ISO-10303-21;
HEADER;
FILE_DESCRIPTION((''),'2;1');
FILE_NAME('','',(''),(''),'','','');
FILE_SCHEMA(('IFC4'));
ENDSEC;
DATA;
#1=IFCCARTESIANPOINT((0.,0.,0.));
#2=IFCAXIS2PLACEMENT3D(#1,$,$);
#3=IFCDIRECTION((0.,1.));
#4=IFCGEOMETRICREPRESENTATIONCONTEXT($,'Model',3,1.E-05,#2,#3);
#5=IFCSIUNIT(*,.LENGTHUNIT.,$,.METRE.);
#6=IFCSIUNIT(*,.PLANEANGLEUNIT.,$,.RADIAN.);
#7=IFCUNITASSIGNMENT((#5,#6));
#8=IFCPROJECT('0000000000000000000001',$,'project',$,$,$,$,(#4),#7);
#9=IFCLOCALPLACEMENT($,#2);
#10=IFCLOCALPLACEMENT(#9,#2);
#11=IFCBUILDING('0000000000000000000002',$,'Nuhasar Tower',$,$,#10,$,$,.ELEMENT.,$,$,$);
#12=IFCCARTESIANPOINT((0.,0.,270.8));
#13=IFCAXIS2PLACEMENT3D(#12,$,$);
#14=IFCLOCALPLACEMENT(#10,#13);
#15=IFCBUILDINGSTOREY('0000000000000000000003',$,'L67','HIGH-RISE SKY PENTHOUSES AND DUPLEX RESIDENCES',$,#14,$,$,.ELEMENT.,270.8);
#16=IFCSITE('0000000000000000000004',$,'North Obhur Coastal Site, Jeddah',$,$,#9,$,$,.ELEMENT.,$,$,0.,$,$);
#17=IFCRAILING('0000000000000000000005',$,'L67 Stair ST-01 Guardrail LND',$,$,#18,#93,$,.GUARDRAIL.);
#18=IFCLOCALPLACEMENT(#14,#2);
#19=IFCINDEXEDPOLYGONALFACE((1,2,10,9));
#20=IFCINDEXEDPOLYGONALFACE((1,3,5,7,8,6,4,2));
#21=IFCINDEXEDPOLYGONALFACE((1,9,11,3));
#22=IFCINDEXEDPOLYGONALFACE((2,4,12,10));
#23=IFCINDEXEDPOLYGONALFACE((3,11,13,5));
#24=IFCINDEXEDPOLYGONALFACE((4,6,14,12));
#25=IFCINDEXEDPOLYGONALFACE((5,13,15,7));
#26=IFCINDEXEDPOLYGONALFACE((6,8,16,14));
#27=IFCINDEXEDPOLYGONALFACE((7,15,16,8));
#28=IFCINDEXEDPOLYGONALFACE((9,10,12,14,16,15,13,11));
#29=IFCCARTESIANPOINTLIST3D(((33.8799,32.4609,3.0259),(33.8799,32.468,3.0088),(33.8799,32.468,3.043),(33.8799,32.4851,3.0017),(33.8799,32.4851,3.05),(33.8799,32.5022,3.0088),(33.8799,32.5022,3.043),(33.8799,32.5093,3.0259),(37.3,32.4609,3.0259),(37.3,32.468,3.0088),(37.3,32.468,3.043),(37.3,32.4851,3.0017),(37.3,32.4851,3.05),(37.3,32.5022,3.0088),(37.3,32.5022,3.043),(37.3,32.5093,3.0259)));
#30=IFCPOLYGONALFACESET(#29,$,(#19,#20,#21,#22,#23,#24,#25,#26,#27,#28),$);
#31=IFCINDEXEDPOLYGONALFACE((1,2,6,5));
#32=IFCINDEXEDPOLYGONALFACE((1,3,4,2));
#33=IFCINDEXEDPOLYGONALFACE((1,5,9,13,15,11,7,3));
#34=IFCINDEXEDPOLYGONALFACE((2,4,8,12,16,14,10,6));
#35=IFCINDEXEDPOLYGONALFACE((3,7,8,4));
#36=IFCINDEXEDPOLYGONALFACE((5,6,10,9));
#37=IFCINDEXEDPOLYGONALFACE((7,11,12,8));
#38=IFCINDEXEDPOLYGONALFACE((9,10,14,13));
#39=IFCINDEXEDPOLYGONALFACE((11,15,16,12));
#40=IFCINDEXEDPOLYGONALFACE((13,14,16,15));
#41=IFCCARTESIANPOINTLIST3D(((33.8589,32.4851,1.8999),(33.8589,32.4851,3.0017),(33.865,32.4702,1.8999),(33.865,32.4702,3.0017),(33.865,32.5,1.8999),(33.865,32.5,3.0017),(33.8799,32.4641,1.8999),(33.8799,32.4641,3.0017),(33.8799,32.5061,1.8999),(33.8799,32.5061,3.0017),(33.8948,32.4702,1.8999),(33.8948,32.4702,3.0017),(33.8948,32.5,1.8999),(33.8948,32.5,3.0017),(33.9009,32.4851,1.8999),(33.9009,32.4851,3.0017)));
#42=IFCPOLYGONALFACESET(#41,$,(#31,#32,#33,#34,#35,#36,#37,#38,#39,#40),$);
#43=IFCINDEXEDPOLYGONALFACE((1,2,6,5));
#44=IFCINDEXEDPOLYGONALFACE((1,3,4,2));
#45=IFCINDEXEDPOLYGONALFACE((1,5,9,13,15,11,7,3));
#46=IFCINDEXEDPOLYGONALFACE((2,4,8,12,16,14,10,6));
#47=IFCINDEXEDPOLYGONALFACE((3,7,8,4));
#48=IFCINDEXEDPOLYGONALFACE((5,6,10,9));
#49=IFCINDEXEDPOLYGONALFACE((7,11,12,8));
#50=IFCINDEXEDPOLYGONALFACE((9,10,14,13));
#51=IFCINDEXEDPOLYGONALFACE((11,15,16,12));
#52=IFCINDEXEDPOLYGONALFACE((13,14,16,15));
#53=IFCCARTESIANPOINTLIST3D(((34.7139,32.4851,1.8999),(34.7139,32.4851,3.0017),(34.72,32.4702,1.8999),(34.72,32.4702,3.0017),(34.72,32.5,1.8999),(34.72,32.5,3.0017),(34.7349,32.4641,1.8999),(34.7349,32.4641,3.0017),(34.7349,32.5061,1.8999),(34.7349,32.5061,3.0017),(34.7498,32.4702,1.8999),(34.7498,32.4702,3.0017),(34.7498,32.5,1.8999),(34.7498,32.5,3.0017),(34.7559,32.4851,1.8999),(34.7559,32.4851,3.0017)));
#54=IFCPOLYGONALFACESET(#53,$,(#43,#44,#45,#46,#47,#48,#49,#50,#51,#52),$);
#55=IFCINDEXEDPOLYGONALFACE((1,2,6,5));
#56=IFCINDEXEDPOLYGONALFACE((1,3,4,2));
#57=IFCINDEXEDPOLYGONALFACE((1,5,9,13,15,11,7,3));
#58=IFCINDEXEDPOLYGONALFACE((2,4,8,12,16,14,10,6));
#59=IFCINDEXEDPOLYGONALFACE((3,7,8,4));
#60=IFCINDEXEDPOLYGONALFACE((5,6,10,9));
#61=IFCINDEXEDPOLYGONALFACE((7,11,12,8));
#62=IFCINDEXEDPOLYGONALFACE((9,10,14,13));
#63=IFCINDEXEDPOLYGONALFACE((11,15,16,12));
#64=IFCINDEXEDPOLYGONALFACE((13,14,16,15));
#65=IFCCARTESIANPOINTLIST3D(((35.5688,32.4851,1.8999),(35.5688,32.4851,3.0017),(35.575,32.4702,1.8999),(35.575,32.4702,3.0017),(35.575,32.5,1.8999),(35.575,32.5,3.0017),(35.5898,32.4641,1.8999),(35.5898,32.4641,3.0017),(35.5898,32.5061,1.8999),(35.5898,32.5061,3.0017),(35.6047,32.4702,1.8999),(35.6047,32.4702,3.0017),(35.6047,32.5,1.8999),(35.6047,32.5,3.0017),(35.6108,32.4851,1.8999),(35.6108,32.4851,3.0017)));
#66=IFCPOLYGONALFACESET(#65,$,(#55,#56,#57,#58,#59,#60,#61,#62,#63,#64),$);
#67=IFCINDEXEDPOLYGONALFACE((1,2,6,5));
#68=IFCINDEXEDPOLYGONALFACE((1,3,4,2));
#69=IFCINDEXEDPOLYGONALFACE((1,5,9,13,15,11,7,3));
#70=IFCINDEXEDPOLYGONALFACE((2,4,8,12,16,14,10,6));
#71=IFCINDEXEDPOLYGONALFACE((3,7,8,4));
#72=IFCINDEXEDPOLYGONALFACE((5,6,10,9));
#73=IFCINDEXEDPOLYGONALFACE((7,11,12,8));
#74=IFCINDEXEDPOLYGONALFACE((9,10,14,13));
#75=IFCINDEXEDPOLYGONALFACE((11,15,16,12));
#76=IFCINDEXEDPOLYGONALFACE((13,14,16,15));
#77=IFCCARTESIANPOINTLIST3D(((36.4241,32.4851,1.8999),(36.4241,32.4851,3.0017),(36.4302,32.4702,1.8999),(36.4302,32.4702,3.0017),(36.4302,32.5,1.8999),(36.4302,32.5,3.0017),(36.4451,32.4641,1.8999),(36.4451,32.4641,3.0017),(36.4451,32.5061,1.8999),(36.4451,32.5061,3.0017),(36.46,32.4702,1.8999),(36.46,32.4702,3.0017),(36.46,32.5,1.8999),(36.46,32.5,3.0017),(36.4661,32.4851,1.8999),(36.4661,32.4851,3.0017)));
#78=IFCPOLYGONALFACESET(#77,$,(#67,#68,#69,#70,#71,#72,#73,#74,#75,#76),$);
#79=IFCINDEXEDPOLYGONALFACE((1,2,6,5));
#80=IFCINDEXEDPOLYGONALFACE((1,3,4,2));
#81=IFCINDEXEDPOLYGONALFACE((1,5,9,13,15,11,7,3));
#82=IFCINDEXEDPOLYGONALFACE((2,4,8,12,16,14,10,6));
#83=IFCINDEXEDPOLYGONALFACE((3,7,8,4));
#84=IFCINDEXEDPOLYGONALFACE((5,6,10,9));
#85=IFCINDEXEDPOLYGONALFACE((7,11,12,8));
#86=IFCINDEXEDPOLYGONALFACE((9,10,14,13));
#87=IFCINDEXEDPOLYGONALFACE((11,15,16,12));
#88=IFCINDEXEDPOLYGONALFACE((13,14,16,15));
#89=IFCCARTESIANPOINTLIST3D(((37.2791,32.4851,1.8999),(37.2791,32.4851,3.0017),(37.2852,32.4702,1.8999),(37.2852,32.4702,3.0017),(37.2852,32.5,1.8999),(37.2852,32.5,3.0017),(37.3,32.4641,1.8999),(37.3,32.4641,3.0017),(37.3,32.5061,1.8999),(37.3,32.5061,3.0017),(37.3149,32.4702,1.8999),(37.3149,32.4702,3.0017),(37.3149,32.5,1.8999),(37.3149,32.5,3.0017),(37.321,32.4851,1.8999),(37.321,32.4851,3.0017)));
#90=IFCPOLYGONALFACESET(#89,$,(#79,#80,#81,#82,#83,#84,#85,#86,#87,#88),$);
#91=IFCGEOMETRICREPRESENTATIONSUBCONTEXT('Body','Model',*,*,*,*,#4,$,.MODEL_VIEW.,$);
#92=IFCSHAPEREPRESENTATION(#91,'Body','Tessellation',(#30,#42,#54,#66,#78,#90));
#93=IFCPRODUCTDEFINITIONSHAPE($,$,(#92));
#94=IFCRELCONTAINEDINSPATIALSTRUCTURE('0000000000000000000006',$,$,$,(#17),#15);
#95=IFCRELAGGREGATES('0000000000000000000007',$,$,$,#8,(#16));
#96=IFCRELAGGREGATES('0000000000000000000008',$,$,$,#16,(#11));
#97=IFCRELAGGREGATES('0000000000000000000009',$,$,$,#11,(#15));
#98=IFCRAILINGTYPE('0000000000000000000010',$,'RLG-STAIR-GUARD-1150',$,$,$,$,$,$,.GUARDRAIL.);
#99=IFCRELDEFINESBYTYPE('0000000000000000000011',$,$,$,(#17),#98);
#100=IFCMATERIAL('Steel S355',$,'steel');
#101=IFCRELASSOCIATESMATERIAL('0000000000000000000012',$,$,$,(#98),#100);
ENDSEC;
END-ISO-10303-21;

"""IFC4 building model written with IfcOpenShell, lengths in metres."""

from ifc_helpers import new_model, si_unit, direction, frame, origin, place, context, subcontext, project, spatial, polyline, outline, extrude, material, type_object, element, save


model = new_model("IFC4")

# Units and contexts
model_context = context("Model", 3, precision=1e-05, world=origin(), true_north=direction((0.0, 1.0)))
body_context = subcontext(model_context, "Body", "Model", "MODEL_VIEW")
ifc_project = project(units=[si_unit("LENGTHUNIT", "METRE"), si_unit("PLANEANGLEUNIT", "RADIAN")], contexts=[model_context])

# Site, building, storey
site_placement = place(None, origin())
site = spatial("IfcSite", under=ifc_project, at=site_placement, Name="North Obhur Coastal Site, Jeddah", CompositionType="ELEMENT", RefElevation=0.0)
building_placement = place(site_placement, origin())
building = spatial("IfcBuilding", under=site, at=building_placement, Name="Nuhasar Tower", CompositionType="ELEMENT")
storey_placement = place(building_placement, frame((0.0, 0.0, 270.8)))
storey = spatial("IfcBuildingStorey", under=building, at=storey_placement, Name="L67", Description="HIGH-RISE SKY PENTHOUSES AND DUPLEX RESIDENCES", CompositionType="ELEMENT", Elevation=270.8)

# Shared definitions
ifc_material_1 = material(Name="Steel S355", Category="steel")

# Railing
railing_type_1 = type_object("IfcRailingType", Name="RLG-STAIR-GUARD-1150", PredefinedType="GUARDRAIL", material=ifc_material_1)
railing_1_placement = place(storey_placement, frame((33.8799, 32.4851, 1.8999)))
element("IfcRailing", 1, at=railing_1_placement, inside=storey, type_object=railing_type_1, Name="L67 Stair ST-01 Guardrail LND", PredefinedType="GUARDRAIL", context=body_context, shape_type="SweptSolid", body=[
    extrude(outline(polyline([(0.0242, 0.0), (0.0171, 0.0171), (0.0, 0.0242), (-0.0171, 0.0171), (-0.0242, 0.0), (-0.0171, -0.0171), (0.0, -0.0242), (0.0171, -0.0171), (0.0242, 0.0)])), frame((0.0, 0.0, 1.126), z_axis=(1.0, 0.0, 0.0), x_axis=(0.0, 1.0, 0.0)), (0.0, 0.0, 1.0), 3.4202),
    extrude(outline(polyline([(0.021, 0.0), (0.0149, 0.0149), (0.0, 0.021), (-0.0149, 0.0149), (-0.021, 0.0), (-0.0149, -0.0149), (0.0, -0.021), (0.0149, -0.0149), (0.021, 0.0)])), origin(), (0.0, 0.0, 1.0), 1.1018),
    extrude(outline(polyline([(0.021, 0.0), (0.0149, 0.0149), (0.0, 0.021), (-0.0149, 0.0149), (-0.021, 0.0), (-0.0149, -0.0149), (0.0, -0.021), (0.0149, -0.0149), (0.021, 0.0)])), frame((0.855, 0.0, 0.0)), (0.0, 0.0, 1.0), 1.1018),
    extrude(outline(polyline([(0.021, 0.0), (0.0149, 0.0149), (0.0, 0.021), (-0.0149, 0.0149), (-0.021, 0.0), (-0.0149, -0.0149), (0.0, -0.021), (0.0149, -0.0149), (0.021, 0.0)])), frame((1.71, 0.0, 0.0)), (0.0, 0.0, 1.0), 1.1018),
    extrude(outline(polyline([(0.021, 0.0), (0.0149, 0.0149), (0.0, 0.021), (-0.0149, 0.0149), (-0.021, 0.0), (-0.0149, -0.0149), (0.0, -0.021), (0.0149, -0.0149), (0.021, 0.0)])), frame((2.5652, 0.0, 0.0)), (0.0, 0.0, 1.0), 1.1018),
    extrude(outline(polyline([(0.021, 0.0), (0.0149, 0.0149), (0.0, 0.021), (-0.0149, 0.0149), (-0.021, 0.0), (-0.0149, -0.0149), (0.0, -0.021), (0.0149, -0.0149), (0.021, 0.0)])), frame((3.4202, 0.0, 0.0)), (0.0, 0.0, 1.0), 1.1018),
])

save(model, "model.ifc")
